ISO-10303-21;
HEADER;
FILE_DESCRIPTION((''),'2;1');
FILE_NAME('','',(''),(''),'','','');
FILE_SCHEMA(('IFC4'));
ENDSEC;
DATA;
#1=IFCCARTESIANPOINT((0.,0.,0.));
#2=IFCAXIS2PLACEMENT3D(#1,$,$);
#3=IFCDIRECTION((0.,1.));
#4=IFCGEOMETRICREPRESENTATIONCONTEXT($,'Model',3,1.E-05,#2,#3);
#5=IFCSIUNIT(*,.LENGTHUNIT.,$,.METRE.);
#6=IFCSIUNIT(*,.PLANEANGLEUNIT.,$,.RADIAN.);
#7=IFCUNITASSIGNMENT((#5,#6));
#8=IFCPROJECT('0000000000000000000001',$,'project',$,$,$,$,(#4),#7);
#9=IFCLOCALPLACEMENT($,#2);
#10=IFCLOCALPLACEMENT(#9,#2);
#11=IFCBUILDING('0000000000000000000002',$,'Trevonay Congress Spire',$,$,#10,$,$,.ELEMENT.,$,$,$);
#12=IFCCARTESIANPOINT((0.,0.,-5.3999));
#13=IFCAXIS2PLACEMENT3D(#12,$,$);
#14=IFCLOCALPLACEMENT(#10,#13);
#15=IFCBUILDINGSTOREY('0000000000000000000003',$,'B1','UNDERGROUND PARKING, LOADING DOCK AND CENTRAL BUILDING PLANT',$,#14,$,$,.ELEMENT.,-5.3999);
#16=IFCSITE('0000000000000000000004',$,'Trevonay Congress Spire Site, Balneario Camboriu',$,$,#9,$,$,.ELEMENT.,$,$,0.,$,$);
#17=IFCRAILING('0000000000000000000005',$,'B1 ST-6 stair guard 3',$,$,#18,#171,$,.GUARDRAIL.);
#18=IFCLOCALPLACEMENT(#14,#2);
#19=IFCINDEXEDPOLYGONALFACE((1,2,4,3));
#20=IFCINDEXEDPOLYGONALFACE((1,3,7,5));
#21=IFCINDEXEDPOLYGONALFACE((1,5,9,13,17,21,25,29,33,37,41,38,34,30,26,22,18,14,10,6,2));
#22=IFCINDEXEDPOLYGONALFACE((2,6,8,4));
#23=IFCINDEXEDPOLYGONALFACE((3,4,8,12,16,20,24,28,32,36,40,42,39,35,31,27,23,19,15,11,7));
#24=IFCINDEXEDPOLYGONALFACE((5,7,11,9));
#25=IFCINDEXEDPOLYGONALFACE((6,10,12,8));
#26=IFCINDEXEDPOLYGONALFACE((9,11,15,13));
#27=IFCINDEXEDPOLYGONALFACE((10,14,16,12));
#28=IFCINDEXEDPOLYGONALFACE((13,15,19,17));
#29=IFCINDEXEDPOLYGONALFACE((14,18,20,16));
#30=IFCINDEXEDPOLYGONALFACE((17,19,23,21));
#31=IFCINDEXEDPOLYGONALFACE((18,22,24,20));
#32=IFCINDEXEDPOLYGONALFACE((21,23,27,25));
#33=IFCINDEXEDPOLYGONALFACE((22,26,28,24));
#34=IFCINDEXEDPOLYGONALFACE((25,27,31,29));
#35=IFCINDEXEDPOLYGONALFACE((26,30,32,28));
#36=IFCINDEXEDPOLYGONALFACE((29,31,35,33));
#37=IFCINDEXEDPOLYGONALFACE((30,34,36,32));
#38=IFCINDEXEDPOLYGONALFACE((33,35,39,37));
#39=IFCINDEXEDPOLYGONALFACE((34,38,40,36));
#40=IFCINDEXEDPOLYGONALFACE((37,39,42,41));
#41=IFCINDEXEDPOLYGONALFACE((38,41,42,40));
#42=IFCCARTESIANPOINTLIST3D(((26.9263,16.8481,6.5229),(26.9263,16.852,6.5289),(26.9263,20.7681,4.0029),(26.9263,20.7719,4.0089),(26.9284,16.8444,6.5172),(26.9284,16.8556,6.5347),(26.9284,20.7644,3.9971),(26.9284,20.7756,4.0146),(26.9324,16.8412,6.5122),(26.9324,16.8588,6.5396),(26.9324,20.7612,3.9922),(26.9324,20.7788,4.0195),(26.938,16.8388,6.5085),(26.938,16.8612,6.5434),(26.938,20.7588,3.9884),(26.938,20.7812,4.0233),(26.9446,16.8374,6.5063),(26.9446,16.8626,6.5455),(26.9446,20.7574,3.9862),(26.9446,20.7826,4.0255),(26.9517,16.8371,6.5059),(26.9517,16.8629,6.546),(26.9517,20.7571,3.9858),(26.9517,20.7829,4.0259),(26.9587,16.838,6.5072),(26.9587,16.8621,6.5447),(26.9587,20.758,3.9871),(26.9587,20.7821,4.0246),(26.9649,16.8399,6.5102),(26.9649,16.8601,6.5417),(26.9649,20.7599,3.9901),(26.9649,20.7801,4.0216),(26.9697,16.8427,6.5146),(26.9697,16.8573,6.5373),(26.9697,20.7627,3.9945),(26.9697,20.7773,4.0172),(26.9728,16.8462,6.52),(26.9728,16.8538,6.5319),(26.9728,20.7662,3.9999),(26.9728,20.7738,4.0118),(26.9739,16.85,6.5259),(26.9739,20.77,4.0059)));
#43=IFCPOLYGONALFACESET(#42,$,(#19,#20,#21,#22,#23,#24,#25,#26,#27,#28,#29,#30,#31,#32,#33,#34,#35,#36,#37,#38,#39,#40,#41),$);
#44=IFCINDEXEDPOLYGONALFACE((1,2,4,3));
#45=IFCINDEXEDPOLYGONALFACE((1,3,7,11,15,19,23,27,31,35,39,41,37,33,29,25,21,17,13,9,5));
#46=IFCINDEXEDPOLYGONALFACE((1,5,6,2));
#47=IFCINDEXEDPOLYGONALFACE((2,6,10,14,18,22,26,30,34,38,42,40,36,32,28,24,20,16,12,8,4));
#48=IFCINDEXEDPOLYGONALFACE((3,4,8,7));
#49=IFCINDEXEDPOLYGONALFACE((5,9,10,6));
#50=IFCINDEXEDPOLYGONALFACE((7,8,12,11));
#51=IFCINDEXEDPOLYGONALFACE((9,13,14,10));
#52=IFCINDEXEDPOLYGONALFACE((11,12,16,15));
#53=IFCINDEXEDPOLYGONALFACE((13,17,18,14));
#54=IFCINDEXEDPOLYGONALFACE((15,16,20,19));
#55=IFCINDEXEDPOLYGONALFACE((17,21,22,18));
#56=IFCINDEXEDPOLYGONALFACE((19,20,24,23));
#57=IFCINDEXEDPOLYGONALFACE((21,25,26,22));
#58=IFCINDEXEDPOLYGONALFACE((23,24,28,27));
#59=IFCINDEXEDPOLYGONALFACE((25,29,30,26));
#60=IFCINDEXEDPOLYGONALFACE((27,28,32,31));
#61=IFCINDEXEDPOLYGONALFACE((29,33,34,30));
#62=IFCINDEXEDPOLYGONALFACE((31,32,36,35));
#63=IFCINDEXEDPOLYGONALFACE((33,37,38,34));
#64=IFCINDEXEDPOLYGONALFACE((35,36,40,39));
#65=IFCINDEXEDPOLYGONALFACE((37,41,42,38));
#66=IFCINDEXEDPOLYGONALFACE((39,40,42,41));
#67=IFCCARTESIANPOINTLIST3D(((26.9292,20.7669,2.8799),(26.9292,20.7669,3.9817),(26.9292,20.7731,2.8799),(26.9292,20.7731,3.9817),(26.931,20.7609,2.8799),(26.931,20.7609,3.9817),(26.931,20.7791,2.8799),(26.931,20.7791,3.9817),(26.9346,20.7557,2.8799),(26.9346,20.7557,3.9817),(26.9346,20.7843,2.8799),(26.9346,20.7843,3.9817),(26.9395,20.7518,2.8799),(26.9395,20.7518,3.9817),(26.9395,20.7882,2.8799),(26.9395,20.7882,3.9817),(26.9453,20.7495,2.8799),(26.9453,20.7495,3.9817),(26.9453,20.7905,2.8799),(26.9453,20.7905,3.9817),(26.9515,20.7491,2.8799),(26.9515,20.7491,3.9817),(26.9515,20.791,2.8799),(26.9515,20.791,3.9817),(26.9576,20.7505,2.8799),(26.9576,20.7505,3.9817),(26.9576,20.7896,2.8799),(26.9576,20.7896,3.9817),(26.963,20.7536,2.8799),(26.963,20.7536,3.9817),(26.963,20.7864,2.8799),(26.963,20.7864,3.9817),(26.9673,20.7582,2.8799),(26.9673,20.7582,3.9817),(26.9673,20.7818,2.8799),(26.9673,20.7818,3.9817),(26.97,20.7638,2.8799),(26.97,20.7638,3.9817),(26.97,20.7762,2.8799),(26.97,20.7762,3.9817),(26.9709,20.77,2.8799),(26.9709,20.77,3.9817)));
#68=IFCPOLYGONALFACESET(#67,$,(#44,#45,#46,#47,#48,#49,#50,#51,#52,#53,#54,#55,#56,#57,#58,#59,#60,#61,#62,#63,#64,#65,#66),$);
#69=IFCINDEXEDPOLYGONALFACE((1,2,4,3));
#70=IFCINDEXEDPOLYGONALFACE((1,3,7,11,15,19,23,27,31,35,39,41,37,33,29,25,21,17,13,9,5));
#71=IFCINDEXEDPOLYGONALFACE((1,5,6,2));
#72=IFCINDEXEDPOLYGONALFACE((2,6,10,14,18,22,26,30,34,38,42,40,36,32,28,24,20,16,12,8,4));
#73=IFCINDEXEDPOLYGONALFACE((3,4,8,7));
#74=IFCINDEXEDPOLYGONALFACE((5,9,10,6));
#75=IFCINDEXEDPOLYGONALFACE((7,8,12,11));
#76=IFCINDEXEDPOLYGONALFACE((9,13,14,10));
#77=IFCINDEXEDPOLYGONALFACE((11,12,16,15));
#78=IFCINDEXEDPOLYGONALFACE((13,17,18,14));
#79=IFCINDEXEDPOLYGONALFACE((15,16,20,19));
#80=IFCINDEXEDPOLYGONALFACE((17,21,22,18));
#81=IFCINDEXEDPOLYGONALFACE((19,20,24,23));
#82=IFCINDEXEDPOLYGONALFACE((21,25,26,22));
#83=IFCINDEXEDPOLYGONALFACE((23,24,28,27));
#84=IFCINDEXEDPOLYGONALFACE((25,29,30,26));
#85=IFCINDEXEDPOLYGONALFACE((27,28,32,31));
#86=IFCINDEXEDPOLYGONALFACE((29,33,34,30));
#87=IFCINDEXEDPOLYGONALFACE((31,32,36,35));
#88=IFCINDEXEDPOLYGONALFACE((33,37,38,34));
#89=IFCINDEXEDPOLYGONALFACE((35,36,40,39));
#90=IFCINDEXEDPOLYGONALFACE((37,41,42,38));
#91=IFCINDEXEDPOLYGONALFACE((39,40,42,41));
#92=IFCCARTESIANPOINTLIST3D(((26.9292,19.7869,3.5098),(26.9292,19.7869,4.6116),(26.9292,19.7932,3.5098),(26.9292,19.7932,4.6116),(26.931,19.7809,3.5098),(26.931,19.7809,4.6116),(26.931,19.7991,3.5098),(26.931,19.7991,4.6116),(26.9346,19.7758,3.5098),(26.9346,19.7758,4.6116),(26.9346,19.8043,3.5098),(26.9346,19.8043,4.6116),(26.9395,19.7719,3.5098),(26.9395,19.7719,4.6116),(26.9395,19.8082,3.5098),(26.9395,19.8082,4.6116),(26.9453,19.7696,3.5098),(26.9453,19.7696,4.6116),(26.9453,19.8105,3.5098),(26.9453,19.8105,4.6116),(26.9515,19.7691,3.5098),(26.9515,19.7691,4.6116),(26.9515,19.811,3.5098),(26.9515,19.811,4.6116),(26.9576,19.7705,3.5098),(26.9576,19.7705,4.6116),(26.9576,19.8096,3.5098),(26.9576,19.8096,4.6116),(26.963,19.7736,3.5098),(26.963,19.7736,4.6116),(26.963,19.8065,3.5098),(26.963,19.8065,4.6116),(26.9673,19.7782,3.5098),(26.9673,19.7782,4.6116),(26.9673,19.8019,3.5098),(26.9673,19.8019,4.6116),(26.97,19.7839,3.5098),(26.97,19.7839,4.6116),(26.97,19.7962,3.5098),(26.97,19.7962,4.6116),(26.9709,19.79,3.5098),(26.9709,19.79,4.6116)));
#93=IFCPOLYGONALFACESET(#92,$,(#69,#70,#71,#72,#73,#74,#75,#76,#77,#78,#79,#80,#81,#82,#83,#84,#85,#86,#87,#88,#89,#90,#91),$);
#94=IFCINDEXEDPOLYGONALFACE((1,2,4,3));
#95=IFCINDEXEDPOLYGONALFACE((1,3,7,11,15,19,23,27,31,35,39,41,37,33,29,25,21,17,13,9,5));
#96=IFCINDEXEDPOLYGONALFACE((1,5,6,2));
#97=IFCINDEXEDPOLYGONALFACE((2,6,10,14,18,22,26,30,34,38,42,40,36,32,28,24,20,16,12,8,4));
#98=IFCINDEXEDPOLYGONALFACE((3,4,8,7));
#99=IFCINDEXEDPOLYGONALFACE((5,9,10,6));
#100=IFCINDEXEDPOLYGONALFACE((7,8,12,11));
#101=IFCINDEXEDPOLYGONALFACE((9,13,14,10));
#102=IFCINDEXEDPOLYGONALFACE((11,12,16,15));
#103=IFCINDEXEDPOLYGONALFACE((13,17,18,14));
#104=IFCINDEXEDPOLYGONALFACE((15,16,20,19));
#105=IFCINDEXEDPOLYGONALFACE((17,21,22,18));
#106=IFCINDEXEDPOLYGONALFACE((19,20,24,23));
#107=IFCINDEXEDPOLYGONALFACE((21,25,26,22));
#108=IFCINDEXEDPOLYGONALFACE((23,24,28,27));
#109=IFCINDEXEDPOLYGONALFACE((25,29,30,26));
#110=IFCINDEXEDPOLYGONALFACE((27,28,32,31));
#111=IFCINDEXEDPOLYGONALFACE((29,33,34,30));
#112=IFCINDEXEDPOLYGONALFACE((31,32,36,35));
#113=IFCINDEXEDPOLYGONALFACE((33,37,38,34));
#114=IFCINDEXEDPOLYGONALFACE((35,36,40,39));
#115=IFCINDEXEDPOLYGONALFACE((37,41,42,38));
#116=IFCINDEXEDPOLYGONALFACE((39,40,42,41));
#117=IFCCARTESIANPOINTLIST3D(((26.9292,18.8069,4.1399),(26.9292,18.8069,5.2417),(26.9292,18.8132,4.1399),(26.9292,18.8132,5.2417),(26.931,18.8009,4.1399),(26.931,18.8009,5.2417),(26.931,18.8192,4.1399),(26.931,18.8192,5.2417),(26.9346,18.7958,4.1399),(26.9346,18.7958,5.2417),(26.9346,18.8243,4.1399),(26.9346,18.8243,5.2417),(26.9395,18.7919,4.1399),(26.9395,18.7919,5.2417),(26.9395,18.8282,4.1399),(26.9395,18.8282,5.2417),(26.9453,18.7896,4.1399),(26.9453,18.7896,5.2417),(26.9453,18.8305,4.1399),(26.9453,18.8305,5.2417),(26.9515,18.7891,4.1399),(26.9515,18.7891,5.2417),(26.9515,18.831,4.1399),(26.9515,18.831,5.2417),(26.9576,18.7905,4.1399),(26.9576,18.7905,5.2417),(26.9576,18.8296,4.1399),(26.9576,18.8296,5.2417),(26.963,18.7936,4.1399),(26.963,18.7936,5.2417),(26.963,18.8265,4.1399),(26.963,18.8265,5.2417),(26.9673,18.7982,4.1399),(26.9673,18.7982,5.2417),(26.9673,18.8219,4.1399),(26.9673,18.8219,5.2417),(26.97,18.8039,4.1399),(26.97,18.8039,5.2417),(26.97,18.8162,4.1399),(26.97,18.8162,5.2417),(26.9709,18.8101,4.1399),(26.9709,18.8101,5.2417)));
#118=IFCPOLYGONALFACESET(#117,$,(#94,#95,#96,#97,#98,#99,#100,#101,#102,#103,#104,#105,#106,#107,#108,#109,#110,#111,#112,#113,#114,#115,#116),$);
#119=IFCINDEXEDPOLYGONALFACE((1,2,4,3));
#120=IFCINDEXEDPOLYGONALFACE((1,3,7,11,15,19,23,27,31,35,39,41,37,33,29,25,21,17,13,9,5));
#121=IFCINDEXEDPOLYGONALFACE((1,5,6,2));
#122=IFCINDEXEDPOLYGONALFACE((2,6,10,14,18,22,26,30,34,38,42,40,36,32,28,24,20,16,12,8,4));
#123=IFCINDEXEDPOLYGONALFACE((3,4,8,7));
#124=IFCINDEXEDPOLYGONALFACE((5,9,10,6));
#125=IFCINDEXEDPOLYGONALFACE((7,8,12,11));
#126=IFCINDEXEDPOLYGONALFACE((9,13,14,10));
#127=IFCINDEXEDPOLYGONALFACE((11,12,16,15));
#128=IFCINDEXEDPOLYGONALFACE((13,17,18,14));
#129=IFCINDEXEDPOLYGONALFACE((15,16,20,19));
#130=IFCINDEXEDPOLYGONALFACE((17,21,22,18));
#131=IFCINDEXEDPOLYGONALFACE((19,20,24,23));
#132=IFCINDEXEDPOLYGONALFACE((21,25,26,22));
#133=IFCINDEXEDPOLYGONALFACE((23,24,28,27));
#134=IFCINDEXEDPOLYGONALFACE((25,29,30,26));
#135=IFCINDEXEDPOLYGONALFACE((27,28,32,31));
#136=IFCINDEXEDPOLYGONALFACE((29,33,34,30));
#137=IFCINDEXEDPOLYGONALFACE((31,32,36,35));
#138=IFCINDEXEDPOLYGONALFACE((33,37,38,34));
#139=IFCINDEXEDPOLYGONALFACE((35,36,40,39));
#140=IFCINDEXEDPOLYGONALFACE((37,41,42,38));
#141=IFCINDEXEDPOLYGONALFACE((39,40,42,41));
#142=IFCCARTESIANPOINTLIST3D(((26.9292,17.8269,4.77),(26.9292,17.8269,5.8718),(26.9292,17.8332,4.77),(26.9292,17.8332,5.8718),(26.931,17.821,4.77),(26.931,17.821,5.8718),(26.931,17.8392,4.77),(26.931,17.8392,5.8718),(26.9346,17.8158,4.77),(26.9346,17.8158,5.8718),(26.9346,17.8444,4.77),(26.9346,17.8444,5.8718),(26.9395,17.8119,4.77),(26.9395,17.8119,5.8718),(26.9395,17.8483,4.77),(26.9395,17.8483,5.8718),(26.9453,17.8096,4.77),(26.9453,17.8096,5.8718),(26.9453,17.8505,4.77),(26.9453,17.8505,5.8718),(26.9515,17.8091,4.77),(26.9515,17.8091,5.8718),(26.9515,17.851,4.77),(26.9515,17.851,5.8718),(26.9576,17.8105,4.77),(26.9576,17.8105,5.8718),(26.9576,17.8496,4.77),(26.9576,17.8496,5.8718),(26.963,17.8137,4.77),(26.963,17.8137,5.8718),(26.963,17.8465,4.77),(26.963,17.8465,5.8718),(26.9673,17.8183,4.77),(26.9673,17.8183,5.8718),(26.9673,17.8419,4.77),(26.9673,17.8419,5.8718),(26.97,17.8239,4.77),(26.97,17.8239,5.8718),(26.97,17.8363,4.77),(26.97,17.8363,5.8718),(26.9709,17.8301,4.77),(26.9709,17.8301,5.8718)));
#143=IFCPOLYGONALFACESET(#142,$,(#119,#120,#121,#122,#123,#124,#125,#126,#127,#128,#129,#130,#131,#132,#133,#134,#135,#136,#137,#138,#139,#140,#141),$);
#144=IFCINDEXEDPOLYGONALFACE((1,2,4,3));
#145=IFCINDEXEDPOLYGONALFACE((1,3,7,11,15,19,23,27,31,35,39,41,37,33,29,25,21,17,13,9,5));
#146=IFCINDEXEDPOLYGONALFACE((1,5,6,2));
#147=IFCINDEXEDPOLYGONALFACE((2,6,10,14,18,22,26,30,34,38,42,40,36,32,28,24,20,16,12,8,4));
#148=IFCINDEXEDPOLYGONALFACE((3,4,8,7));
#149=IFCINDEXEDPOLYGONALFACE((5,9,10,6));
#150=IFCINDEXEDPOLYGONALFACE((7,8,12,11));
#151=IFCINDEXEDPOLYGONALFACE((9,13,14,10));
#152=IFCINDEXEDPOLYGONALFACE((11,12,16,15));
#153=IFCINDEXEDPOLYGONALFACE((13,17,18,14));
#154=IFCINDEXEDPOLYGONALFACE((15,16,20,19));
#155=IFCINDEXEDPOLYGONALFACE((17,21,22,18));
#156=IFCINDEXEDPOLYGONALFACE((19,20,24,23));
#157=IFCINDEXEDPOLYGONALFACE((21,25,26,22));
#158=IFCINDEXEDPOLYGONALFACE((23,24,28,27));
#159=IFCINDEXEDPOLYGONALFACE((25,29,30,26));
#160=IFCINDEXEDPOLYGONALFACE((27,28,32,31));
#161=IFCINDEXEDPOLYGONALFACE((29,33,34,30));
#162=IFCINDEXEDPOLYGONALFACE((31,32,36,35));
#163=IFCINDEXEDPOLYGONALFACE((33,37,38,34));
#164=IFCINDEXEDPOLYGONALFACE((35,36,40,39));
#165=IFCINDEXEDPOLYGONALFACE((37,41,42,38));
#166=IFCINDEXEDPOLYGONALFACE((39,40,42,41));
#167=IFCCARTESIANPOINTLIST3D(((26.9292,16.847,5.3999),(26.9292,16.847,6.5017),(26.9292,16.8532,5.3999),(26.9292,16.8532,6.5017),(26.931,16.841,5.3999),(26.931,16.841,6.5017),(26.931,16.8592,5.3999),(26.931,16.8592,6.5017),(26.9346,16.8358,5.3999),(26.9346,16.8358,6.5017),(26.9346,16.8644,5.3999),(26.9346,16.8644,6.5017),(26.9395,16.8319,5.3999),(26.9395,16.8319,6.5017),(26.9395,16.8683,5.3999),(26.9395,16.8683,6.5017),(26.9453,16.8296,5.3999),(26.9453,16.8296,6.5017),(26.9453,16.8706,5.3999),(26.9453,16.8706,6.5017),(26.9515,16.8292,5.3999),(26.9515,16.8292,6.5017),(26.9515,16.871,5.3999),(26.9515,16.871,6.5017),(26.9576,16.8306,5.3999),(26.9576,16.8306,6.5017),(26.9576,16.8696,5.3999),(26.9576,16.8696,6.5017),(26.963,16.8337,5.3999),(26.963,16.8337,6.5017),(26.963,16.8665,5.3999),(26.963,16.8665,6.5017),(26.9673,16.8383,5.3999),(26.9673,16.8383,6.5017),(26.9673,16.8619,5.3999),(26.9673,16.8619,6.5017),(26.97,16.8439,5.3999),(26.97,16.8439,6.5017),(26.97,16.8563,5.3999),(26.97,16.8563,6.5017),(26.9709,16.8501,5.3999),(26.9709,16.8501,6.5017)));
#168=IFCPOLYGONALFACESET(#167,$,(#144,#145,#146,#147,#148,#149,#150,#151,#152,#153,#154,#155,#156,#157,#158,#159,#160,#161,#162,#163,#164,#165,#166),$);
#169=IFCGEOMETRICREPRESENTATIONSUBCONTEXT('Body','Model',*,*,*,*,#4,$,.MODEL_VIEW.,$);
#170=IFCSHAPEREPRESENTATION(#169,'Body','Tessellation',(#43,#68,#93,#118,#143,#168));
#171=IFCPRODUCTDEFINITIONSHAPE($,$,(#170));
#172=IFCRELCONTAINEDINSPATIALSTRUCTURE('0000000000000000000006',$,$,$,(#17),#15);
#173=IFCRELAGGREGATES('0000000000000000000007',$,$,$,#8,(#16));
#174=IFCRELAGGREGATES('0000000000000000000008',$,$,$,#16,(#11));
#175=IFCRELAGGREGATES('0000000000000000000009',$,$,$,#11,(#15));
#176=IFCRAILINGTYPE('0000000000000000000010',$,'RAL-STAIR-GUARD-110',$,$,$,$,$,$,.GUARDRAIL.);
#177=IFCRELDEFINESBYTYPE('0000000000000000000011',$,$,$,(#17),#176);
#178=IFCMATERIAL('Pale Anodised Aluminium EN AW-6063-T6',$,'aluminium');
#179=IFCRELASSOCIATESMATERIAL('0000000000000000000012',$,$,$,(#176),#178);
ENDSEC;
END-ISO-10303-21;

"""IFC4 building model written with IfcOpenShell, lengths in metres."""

from ifc_helpers import new_model, si_unit, direction, frame, origin, origin_2d, place, context, subcontext, project, spatial, circle, extrude, material, type_object, element, save


model = new_model("IFC4")

# Units and contexts
model_context = context("Model", 3, precision=1e-05, world=origin(), true_north=direction((0.0, 1.0)))
body_context = subcontext(model_context, "Body", "Model", "MODEL_VIEW")
ifc_project = project(units=[si_unit("LENGTHUNIT", "METRE"), si_unit("PLANEANGLEUNIT", "RADIAN")], contexts=[model_context])

# Site, building, storey
site_placement = place(None, origin())
site = spatial("IfcSite", under=ifc_project, at=site_placement, Name="Trevonay Congress Spire Site, Balneario Camboriu", CompositionType="ELEMENT", RefElevation=0.0)
building_placement = place(site_placement, origin())
building = spatial("IfcBuilding", under=site, at=building_placement, Name="Trevonay Congress Spire", CompositionType="ELEMENT")
storey_placement = place(building_placement, frame((0.0, 0.0, -5.3999)))
storey = spatial("IfcBuildingStorey", under=building, at=storey_placement, Name="B1", Description="UNDERGROUND PARKING, LOADING DOCK AND CENTRAL BUILDING PLANT", CompositionType="ELEMENT", Elevation=-5.3999)

# Railing
ifc_material_1 = material(Name="Pale Anodised Aluminium EN AW-6063-T6", Category="aluminium")
railing_type_1 = type_object("IfcRailingType", Name="RAL-STAIR-GUARD-110", PredefinedType="GUARDRAIL", material=ifc_material_1)
railing_1_placement = place(storey_placement, frame((26.95, 20.77, 2.8799)))
element("IfcRailing", 1, at=railing_1_placement, inside=storey, type_object=railing_type_1, Name="B1 ST-6 stair guard 3", PredefinedType="GUARDRAIL", context=body_context, shape_type="SweptSolid", body=[
    extrude(circle(Radius=0.0239, at=origin_2d()), frame((0.0, 0.0, 1.126), z_axis=(0.0, -0.841172, 0.540768), x_axis=(1.0, 0.0, 0.0)), (0.0, 0.0, 1.0), 4.6602),
    extrude(circle(Radius=0.021, at=origin_2d()), origin(), (0.0, 0.0, 1.0), 1.1018),
    extrude(circle(Radius=0.021, at=origin_2d()), frame((0.0, -0.98, 0.6299)), (0.0, 0.0, 1.0), 1.1018),
    extrude(circle(Radius=0.021, at=origin_2d()), frame((0.0, -1.96, 1.26)), (0.0, 0.0, 1.0), 1.1018),
    extrude(circle(Radius=0.021, at=origin_2d()), frame((0.0, -2.9399, 1.8901)), (0.0, 0.0, 1.0), 1.1018),
    extrude(circle(Radius=0.021, at=origin_2d()), frame((0.0, -3.9199, 2.52)), (0.0, 0.0, 1.0), 1.1018),
])

save(model, "model.ifc")
